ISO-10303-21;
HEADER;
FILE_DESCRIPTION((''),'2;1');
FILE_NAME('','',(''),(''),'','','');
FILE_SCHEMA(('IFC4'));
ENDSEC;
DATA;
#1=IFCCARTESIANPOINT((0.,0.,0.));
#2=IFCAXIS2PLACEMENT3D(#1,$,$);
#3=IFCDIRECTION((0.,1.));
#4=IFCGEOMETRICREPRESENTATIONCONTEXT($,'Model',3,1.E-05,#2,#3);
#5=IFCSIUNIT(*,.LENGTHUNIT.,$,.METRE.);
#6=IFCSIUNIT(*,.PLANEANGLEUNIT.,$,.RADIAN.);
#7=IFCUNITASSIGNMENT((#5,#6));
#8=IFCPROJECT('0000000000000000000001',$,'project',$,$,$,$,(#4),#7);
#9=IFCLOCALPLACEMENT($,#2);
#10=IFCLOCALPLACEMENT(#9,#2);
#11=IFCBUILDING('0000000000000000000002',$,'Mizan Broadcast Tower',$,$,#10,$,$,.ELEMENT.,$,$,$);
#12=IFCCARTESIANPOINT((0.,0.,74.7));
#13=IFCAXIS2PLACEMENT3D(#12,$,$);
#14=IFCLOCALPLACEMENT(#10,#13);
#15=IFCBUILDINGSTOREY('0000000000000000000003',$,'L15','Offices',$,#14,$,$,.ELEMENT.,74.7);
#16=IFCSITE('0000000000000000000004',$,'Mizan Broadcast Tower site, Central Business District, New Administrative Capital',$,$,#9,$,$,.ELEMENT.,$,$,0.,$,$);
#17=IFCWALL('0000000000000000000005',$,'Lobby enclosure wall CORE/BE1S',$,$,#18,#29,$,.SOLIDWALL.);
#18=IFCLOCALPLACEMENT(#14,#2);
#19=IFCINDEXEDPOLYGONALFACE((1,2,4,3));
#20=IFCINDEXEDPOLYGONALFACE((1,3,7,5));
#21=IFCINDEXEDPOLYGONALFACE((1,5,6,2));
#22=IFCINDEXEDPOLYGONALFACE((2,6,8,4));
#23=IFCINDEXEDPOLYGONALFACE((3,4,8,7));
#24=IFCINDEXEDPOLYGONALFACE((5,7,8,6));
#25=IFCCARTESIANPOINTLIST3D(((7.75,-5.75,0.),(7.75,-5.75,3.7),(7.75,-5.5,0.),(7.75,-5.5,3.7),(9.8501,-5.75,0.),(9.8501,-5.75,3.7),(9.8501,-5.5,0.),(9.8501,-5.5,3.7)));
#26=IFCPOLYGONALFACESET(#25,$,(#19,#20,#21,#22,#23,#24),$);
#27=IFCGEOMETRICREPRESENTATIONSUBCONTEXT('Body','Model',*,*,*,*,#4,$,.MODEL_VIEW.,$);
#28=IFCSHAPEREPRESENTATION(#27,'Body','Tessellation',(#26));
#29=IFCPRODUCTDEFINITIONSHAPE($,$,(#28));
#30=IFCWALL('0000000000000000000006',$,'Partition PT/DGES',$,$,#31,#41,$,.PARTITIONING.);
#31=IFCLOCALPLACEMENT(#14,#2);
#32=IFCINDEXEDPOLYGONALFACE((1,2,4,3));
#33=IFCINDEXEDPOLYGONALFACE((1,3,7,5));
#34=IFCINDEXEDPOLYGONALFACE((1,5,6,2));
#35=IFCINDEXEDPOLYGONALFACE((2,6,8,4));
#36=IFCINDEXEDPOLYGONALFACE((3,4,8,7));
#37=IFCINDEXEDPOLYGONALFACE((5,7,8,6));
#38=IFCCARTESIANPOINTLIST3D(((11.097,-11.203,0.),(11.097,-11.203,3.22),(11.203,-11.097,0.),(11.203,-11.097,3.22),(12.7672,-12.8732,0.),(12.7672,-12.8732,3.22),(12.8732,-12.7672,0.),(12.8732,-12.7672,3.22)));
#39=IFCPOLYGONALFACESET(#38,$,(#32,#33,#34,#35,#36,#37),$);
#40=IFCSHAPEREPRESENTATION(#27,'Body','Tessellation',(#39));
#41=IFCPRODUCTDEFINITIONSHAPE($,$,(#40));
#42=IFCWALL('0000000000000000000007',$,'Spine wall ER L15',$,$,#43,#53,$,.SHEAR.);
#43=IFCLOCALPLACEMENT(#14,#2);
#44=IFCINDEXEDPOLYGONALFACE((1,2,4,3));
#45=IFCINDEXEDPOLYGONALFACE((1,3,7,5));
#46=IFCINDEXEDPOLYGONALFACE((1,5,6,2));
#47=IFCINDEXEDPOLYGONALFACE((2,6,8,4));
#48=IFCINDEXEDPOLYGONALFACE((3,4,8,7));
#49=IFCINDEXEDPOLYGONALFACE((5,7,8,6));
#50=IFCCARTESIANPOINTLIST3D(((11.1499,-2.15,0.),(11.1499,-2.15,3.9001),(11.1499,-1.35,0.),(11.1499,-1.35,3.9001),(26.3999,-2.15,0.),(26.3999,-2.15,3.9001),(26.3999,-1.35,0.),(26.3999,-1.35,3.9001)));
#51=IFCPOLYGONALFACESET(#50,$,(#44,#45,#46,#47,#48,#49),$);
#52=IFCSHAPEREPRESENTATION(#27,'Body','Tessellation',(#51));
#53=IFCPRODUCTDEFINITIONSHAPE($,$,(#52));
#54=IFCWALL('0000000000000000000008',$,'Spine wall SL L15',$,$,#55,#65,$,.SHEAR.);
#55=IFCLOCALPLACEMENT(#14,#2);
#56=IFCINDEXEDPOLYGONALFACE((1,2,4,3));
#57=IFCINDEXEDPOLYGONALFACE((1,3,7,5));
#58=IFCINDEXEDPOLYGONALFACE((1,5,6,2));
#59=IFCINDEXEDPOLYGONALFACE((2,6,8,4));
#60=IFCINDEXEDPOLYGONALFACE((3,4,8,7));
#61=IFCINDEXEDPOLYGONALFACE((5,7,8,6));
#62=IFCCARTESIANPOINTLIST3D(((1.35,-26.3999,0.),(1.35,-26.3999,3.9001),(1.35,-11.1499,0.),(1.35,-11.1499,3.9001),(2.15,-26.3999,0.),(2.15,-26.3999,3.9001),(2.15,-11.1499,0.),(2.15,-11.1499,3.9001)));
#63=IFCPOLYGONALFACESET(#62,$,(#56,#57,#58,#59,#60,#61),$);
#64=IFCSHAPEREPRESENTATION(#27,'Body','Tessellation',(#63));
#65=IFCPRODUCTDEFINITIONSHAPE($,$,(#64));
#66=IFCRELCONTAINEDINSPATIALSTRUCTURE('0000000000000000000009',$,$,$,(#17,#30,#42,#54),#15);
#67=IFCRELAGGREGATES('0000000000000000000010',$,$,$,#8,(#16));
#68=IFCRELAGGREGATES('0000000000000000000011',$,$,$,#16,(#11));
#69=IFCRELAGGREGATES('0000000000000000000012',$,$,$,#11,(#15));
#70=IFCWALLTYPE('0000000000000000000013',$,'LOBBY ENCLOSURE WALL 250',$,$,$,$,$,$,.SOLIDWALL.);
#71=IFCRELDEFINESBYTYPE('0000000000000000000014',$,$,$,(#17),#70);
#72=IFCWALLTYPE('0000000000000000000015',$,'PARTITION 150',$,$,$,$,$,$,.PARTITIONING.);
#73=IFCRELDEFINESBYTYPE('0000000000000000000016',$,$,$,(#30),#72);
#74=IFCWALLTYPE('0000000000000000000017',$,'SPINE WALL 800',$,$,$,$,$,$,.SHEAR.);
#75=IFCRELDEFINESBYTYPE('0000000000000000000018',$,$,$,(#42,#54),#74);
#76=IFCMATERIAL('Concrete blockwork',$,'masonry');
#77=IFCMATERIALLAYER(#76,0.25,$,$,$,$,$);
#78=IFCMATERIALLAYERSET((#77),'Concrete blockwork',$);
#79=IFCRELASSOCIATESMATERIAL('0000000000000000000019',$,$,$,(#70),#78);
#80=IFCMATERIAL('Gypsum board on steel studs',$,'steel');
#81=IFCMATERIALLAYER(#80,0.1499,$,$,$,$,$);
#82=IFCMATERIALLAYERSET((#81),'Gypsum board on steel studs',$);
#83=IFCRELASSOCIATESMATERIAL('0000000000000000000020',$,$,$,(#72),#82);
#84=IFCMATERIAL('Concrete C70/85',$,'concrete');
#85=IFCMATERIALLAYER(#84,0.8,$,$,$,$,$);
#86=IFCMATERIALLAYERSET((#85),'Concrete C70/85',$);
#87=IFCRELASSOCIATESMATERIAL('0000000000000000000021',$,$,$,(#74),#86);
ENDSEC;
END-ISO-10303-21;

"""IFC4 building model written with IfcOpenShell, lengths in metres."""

from ifc_helpers import new_model, si_unit, direction, frame, frame_2d, origin, place, context, subcontext, project, spatial, rectangle, extrude, material, layer, layer_set, type_object, element, save


model = new_model("IFC4")

# Units and contexts
model_context = context("Model", 3, precision=1e-05, world=origin(), true_north=direction((0.0, 1.0)))
body_context = subcontext(model_context, "Body", "Model", "MODEL_VIEW")
ifc_project = project(units=[si_unit("LENGTHUNIT", "METRE"), si_unit("PLANEANGLEUNIT", "RADIAN")], contexts=[model_context])

# Site, building, storey
site_placement = place(None, origin())
site = spatial("IfcSite", under=ifc_project, at=site_placement, Name="Mizan Broadcast Tower site, Central Business District, New Administrative Capital", CompositionType="ELEMENT", RefElevation=0.0)
building_placement = place(site_placement, origin())
building = spatial("IfcBuilding", under=site, at=building_placement, Name="Mizan Broadcast Tower", CompositionType="ELEMENT")
storey_placement = place(building_placement, frame((0.0, 0.0, 74.7)))
storey = spatial("IfcBuildingStorey", under=building, at=storey_placement, Name="L15", Description="Offices", CompositionType="ELEMENT", Elevation=74.7)

# Walls
ifc_material_1 = material(Name="Concrete blockwork", Category="masonry")
ifc_layer_1 = layer(ifc_material_1, 0.25)
ifc_layer_set_1 = layer_set([ifc_layer_1], Name="Concrete blockwork")
wall_type_1 = type_object("IfcWallType", Name="LOBBY ENCLOSURE WALL 250", PredefinedType="SOLIDWALL", material=ifc_layer_set_1)
wall_1_placement = place(storey_placement, frame((7.75, -5.625, 0.0), z_axis=(0.0, 0.0, 1.0), x_axis=(1.0, 0.0, 0.0)))
element("IfcWall", 1, at=wall_1_placement, inside=storey, type_object=wall_type_1, Name="Lobby enclosure wall CORE/BE1S", PredefinedType="SOLIDWALL", context=body_context, shape_type="SweptSolid", body=[
    extrude(rectangle(XDim=2.1001, YDim=0.25, at=frame_2d((1.05, 0.0))), origin(), (0.0, 0.0, 1.0), 3.7),
])
ifc_material_2 = material(Name="Gypsum board on steel studs", Category="steel")
ifc_layer_2 = layer(ifc_material_2, 0.1499)
ifc_layer_set_2 = layer_set([ifc_layer_2], Name="Gypsum board on steel studs")
wall_type_2 = type_object("IfcWallType", Name="PARTITION 150", PredefinedType="PARTITIONING", material=ifc_layer_set_2)
wall_2_placement = place(storey_placement, frame((11.1499, -11.1499, 0.0), z_axis=(0.0, 0.0, 1.0), x_axis=(0.707107, -0.707107, 0.0)))
element("IfcWall", 2, at=wall_2_placement, inside=storey, type_object=wall_type_2, Name="Partition PT/DGES", PredefinedType="PARTITIONING", context=body_context, shape_type="SweptSolid", body=[
    extrude(rectangle(XDim=2.3621, YDim=0.1499, at=frame_2d((1.1812, 0.0))), origin(), (0.0, 0.0, 1.0), 3.22),
])
ifc_material_3 = material(Name="Concrete C70/85", Category="concrete")
ifc_layer_3 = layer(ifc_material_3, 0.8)
ifc_layer_set_3 = layer_set([ifc_layer_3], Name="Concrete C70/85")
wall_type_3 = type_object("IfcWallType", Name="SPINE WALL 800", PredefinedType="SHEAR", material=ifc_layer_set_3)
for number, where, z_axis, x_axis, name in (
    (3, (11.1499, -1.75, 0.0), (0.0, 0.0, 1.0), (1.0, 0.0, 0.0), "Spine wall ER L15"),
    (4, (1.75, -11.1499, 0.0), (0.0, 0.0, 1.0), (0.0, -1.0, 0.0), "Spine wall SL L15"),
):
    element("IfcWall", number, at=place(storey_placement, frame(where, z_axis=z_axis, x_axis=x_axis)), inside=storey, type_object=wall_type_3, Name=name, PredefinedType="SHEAR", context=body_context, shape_type="SweptSolid", body=[
        extrude(rectangle(XDim=15.25, YDim=0.8, at=frame_2d((7.625, 0.0))), origin(), (0.0, 0.0, 1.0), 3.9001),
    ])

save(model, "model.ifc")
